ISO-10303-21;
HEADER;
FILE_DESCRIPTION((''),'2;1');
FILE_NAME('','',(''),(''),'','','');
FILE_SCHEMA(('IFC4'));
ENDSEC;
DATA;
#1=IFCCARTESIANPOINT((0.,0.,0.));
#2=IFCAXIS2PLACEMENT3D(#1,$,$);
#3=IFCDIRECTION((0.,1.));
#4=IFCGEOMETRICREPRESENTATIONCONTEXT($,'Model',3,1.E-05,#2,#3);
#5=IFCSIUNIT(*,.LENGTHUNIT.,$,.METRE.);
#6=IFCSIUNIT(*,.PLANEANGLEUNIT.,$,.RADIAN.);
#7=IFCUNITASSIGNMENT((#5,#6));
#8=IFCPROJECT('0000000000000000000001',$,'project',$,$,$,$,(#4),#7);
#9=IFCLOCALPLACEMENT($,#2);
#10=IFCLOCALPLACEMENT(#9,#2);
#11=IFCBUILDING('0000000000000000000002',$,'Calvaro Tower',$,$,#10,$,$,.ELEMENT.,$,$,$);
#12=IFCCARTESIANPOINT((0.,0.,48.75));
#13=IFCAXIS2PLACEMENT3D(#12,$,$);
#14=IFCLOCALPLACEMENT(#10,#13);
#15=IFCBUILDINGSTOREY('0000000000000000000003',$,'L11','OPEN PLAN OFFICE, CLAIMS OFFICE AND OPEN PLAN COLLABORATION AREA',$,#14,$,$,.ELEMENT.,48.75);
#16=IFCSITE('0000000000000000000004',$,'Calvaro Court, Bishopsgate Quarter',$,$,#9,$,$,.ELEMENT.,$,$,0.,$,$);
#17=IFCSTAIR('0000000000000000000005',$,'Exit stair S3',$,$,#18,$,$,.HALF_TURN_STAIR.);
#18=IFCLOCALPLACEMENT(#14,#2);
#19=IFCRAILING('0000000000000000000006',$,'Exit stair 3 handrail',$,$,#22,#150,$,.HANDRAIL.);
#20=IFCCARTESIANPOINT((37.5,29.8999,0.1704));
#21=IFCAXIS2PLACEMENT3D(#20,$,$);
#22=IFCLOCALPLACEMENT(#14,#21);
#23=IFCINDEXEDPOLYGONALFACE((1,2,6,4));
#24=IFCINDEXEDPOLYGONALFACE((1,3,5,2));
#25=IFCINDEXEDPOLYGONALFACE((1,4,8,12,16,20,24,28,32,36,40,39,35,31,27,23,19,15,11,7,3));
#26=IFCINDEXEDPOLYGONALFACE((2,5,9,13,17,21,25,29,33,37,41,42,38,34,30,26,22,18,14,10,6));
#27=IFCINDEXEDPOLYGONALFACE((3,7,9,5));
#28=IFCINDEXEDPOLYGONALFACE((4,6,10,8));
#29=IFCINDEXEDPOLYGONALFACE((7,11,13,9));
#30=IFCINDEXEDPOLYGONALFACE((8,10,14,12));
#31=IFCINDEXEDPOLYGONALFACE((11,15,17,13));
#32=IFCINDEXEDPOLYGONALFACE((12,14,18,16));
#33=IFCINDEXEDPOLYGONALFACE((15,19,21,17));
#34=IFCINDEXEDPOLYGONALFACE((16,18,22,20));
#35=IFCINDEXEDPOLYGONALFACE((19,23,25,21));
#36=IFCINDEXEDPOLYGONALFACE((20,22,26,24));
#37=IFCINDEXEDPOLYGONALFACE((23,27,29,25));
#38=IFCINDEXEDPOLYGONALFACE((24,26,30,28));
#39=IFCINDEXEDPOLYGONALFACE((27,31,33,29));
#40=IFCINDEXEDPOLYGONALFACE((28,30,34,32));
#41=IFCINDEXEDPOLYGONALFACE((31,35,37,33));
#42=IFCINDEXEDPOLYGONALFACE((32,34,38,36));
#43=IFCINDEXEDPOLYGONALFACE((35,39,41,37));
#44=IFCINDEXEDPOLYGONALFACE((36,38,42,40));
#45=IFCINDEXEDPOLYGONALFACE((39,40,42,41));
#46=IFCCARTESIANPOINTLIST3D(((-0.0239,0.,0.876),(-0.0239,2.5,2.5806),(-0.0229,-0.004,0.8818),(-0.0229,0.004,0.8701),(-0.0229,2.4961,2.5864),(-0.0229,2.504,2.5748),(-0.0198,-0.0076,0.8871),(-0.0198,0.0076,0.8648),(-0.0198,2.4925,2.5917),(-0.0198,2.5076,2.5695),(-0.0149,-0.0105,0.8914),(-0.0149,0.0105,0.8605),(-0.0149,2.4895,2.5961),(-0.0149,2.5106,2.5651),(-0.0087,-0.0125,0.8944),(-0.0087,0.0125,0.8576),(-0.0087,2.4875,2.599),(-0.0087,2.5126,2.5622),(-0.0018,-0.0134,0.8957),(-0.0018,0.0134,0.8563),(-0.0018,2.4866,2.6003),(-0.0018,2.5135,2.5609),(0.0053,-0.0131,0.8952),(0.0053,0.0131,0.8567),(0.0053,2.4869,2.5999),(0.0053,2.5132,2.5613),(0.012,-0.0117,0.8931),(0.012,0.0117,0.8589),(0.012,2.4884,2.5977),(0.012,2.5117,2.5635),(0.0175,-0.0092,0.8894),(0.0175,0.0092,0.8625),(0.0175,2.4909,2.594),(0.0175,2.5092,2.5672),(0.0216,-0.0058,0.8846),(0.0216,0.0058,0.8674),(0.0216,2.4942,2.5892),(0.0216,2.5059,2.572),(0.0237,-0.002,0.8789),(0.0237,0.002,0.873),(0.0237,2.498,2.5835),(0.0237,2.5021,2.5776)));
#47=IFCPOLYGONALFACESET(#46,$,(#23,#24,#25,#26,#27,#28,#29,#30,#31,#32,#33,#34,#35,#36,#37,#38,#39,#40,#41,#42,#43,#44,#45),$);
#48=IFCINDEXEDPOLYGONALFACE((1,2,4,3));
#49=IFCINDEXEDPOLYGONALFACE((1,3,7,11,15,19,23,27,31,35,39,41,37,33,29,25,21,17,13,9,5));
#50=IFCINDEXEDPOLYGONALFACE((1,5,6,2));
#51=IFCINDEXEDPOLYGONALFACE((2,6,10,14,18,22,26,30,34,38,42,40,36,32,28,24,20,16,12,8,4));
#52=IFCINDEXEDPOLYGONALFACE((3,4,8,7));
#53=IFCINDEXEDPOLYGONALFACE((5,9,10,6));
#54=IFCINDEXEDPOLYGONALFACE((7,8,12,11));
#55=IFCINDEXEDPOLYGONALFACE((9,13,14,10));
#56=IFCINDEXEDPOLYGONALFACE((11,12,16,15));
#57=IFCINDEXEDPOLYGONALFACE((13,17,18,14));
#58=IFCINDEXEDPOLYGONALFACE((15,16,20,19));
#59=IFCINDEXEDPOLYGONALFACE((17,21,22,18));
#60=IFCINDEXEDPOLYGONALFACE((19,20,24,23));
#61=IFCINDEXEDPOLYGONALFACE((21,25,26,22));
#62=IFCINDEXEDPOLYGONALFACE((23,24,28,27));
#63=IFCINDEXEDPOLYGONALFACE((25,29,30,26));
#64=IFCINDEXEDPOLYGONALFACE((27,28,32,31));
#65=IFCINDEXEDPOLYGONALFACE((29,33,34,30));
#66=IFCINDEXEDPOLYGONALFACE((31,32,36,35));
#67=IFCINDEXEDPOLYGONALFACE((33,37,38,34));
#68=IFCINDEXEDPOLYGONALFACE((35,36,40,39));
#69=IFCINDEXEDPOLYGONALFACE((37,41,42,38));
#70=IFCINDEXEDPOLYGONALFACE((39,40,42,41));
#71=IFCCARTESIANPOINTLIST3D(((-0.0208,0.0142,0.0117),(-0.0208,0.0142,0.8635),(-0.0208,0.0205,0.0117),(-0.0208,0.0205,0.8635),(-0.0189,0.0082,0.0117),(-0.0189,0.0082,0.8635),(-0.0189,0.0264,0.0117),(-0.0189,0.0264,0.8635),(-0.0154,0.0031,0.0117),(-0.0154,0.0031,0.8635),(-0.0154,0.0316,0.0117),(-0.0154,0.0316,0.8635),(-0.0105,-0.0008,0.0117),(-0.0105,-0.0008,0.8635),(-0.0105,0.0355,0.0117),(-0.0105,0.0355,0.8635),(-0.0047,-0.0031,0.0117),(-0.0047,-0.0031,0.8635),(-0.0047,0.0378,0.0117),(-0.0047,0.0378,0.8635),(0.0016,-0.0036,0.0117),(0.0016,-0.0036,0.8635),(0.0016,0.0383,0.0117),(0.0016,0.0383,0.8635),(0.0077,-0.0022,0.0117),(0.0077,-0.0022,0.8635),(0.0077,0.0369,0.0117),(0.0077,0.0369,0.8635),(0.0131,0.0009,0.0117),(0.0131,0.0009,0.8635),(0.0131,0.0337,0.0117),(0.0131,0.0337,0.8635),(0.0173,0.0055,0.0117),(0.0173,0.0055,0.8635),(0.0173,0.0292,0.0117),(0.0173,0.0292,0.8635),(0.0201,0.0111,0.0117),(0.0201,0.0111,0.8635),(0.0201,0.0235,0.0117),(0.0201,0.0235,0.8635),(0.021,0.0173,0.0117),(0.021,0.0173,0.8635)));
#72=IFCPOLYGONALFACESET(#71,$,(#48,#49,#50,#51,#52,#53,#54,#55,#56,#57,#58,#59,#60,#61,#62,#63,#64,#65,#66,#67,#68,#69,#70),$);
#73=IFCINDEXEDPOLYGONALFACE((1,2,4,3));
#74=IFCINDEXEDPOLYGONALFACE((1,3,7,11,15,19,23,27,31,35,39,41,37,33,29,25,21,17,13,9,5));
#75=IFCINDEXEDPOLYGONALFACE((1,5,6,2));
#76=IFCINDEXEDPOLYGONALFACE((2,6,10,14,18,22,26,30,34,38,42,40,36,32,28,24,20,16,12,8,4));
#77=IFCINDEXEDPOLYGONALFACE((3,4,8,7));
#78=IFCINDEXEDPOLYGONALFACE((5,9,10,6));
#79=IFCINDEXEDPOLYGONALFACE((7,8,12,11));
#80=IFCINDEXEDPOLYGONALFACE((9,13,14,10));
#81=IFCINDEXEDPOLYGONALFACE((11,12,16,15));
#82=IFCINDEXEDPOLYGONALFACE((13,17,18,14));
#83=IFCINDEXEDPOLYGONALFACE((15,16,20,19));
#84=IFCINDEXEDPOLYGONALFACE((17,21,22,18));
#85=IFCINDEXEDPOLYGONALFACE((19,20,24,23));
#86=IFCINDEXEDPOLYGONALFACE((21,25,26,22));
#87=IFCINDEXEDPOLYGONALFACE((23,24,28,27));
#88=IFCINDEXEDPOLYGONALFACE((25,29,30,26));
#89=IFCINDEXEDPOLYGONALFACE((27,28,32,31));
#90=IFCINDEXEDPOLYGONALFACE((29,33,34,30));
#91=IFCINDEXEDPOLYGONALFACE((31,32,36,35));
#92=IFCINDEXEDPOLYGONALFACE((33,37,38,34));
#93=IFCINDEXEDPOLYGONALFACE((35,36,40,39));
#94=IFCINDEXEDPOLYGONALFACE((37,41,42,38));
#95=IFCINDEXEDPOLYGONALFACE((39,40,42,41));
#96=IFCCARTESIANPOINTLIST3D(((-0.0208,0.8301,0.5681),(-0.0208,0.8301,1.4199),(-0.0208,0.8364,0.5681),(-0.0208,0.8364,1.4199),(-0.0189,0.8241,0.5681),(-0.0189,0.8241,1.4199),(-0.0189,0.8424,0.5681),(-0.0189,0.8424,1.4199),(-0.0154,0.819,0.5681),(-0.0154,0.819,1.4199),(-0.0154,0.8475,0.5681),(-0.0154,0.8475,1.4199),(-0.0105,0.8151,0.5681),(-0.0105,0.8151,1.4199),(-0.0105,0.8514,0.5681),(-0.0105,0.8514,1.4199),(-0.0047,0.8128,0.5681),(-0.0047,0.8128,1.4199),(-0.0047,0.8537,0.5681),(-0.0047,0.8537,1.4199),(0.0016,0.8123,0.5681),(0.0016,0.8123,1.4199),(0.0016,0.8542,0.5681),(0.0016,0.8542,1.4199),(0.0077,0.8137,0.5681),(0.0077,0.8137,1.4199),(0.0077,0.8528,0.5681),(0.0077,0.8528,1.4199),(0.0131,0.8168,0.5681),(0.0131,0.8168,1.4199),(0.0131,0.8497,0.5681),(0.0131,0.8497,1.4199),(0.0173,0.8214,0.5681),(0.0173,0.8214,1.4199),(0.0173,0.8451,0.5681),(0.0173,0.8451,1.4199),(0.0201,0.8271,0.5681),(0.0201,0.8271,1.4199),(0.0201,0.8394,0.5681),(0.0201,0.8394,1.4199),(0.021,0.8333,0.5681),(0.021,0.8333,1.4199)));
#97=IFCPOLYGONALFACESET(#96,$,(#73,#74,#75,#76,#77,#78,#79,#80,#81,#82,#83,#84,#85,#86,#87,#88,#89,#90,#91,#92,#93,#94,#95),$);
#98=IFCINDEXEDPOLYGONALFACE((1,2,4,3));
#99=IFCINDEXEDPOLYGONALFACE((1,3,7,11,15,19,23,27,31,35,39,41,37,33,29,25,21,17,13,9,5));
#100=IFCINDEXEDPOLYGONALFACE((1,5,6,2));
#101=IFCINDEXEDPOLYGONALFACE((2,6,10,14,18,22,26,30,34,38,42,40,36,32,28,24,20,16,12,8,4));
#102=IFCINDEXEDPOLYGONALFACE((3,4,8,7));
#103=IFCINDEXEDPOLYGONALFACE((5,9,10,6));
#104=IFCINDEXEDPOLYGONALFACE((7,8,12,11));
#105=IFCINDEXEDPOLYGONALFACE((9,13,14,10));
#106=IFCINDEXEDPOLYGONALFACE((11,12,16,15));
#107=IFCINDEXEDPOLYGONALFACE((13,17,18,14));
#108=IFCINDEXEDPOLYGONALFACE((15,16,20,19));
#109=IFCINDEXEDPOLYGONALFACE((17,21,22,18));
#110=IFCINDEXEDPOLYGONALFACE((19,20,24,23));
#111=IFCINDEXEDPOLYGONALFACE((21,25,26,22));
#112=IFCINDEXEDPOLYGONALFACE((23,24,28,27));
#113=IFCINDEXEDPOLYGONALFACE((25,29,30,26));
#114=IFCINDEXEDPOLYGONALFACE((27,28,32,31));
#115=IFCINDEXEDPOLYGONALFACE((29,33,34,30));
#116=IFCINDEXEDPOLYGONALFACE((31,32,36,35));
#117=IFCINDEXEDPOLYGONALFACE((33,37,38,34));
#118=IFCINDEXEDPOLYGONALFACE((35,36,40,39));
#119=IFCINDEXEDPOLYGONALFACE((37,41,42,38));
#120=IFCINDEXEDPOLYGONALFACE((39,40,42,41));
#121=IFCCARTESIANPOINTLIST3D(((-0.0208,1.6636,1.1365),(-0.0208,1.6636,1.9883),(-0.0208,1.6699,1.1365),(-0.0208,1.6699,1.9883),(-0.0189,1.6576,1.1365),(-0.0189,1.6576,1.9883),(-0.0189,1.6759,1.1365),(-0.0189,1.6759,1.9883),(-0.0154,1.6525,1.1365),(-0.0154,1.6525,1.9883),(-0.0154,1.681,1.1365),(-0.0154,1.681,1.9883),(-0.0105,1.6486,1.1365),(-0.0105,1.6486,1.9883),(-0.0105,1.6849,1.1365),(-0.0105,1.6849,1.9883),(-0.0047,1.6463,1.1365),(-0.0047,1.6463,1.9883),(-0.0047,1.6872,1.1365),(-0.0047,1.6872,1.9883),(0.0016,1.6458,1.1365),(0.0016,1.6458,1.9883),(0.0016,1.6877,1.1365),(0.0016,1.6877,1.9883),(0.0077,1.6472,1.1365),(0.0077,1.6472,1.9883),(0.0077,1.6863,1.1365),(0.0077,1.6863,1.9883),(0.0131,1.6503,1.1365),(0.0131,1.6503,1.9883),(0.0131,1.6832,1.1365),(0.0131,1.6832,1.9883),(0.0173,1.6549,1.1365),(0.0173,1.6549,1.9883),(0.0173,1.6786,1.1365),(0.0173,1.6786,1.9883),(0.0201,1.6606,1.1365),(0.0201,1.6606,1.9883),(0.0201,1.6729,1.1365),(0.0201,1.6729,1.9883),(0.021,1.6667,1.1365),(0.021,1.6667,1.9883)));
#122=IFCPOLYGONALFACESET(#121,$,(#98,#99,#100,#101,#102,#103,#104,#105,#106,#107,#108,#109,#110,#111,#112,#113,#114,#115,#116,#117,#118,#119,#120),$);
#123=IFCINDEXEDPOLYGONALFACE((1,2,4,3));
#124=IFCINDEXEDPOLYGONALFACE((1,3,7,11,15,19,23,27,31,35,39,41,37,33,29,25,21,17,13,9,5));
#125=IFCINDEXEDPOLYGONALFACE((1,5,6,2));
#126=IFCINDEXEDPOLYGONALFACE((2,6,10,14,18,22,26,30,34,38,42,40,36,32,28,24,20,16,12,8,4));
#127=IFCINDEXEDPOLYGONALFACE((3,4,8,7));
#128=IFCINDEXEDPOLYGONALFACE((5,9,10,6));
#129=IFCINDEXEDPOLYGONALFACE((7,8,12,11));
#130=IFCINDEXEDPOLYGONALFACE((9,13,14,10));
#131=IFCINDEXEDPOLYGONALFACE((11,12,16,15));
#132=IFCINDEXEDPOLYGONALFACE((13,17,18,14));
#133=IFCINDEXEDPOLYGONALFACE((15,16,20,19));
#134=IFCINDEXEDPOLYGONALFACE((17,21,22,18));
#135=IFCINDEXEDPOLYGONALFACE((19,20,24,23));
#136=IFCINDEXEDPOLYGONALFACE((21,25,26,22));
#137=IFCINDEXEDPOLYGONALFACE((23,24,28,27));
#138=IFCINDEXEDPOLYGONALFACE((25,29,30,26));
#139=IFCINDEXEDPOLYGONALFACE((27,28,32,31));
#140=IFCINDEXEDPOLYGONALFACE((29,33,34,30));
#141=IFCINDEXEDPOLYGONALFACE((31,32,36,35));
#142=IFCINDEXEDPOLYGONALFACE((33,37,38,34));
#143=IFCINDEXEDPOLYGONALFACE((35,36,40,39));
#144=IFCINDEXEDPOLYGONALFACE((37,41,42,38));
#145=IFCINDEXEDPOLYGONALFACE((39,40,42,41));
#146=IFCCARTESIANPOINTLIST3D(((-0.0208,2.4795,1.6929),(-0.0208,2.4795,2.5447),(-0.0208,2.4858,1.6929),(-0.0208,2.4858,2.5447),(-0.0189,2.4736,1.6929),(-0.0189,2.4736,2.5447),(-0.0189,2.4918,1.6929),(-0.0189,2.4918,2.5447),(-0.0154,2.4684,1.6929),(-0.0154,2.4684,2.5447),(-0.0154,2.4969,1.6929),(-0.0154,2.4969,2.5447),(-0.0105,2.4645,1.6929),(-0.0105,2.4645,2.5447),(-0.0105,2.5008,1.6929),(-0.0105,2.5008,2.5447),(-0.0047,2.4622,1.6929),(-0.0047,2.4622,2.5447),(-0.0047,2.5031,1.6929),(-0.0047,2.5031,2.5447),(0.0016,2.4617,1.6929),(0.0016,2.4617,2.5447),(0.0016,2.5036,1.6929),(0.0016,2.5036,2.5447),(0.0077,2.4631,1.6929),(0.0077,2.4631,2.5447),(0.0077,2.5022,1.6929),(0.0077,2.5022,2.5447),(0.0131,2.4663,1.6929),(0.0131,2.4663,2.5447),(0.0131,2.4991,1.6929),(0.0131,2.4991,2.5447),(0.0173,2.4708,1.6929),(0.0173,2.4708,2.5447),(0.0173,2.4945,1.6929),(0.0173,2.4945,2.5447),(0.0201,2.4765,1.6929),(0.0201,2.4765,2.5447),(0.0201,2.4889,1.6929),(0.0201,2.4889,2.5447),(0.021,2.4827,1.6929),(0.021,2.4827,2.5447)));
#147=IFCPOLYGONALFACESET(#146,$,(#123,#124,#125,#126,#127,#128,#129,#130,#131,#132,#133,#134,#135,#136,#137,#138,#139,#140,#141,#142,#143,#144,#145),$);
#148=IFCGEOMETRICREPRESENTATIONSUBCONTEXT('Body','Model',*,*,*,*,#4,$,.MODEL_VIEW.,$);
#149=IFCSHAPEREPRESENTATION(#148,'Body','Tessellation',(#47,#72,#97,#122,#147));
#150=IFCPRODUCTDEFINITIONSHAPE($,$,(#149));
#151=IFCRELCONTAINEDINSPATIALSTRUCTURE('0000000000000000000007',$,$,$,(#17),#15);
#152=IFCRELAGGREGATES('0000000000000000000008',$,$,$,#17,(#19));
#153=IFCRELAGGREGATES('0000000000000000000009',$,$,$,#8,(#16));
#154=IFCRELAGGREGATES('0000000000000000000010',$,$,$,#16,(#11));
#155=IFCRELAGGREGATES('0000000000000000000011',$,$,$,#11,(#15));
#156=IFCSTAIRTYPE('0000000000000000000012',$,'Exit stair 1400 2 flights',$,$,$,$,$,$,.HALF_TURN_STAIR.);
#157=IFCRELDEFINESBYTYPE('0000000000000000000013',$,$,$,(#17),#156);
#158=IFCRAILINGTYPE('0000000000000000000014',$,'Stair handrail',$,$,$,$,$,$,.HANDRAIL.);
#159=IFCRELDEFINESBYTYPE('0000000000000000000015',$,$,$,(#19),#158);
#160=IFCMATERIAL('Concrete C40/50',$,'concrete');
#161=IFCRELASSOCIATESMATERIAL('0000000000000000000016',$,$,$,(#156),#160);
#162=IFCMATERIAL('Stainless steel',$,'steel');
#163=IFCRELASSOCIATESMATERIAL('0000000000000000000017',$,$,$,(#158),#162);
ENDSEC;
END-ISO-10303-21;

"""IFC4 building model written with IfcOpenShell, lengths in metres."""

from ifc_helpers import new_model, si_unit, direction, frame, origin, origin_2d, place, context, subcontext, project, spatial, circle, extrude, material, type_object, element, aggregate, save


model = new_model("IFC4")

# Units and contexts
model_context = context("Model", 3, precision=1e-05, world=origin(), true_north=direction((0.0, 1.0)))
body_context = subcontext(model_context, "Body", "Model", "MODEL_VIEW")
ifc_project = project(units=[si_unit("LENGTHUNIT", "METRE"), si_unit("PLANEANGLEUNIT", "RADIAN")], contexts=[model_context])

# Site, building, storey
site_placement = place(None, origin())
site = spatial("IfcSite", under=ifc_project, at=site_placement, Name="Calvaro Court, Bishopsgate Quarter", CompositionType="ELEMENT", RefElevation=0.0)
building_placement = place(site_placement, origin())
building = spatial("IfcBuilding", under=site, at=building_placement, Name="Calvaro Tower", CompositionType="ELEMENT")
storey_placement = place(building_placement, frame((0.0, 0.0, 48.75)))
storey = spatial("IfcBuildingStorey", under=building, at=storey_placement, Name="L11", Description="OPEN PLAN OFFICE, CLAIMS OFFICE AND OPEN PLAN COLLABORATION AREA", CompositionType="ELEMENT", Elevation=48.75)

# Stair
ifc_material_1 = material(Name="Concrete C40/50", Category="concrete")
stair_type = type_object("IfcStairType", Name="Exit stair 1400 2 flights", PredefinedType="HALF_TURN_STAIR", material=ifc_material_1)
stair_1_placement = place(storey_placement, origin())
stair_1 = element("IfcStair", 1, at=stair_1_placement, inside=storey, type_object=stair_type, Name="Exit stair S3", PredefinedType="HALF_TURN_STAIR")

# Railing
ifc_material_2 = material(Name="Stainless steel", Category="steel")
railing_type = type_object("IfcRailingType", Name="Stair handrail", PredefinedType="HANDRAIL", material=ifc_material_2)
railing_1_placement = place(storey_placement, frame((37.5, 29.8999, 0.1704)))
railing_1 = element("IfcRailing", 2, at=railing_1_placement, type_object=railing_type, Name="Exit stair 3 handrail", PredefinedType="HANDRAIL", context=body_context, shape_type="SweptSolid", body=[
    extrude(circle(Radius=0.0239, at=origin_2d()), frame((0.0, 0.0, 0.876), z_axis=(0.0, 0.826221, 0.563347), x_axis=(-1.0, 0.0, 0.0)), (0.0, 0.0, 1.0), 3.0259),
    extrude(circle(Radius=0.021, at=origin_2d()), frame((0.0, 0.0173, 0.0117)), (0.0, 0.0, 1.0), 0.8518),
    extrude(circle(Radius=0.021, at=origin_2d()), frame((0.0, 0.8333, 0.5681)), (0.0, 0.0, 1.0), 0.8518),
    extrude(circle(Radius=0.021, at=origin_2d()), frame((0.0, 1.6667, 1.1365)), (0.0, 0.0, 1.0), 0.8518),
    extrude(circle(Radius=0.021, at=origin_2d()), frame((0.0, 2.4827, 1.6929)), (0.0, 0.0, 1.0), 0.8518),
])
aggregate(stair_1, [railing_1])

save(model, "model.ifc")
